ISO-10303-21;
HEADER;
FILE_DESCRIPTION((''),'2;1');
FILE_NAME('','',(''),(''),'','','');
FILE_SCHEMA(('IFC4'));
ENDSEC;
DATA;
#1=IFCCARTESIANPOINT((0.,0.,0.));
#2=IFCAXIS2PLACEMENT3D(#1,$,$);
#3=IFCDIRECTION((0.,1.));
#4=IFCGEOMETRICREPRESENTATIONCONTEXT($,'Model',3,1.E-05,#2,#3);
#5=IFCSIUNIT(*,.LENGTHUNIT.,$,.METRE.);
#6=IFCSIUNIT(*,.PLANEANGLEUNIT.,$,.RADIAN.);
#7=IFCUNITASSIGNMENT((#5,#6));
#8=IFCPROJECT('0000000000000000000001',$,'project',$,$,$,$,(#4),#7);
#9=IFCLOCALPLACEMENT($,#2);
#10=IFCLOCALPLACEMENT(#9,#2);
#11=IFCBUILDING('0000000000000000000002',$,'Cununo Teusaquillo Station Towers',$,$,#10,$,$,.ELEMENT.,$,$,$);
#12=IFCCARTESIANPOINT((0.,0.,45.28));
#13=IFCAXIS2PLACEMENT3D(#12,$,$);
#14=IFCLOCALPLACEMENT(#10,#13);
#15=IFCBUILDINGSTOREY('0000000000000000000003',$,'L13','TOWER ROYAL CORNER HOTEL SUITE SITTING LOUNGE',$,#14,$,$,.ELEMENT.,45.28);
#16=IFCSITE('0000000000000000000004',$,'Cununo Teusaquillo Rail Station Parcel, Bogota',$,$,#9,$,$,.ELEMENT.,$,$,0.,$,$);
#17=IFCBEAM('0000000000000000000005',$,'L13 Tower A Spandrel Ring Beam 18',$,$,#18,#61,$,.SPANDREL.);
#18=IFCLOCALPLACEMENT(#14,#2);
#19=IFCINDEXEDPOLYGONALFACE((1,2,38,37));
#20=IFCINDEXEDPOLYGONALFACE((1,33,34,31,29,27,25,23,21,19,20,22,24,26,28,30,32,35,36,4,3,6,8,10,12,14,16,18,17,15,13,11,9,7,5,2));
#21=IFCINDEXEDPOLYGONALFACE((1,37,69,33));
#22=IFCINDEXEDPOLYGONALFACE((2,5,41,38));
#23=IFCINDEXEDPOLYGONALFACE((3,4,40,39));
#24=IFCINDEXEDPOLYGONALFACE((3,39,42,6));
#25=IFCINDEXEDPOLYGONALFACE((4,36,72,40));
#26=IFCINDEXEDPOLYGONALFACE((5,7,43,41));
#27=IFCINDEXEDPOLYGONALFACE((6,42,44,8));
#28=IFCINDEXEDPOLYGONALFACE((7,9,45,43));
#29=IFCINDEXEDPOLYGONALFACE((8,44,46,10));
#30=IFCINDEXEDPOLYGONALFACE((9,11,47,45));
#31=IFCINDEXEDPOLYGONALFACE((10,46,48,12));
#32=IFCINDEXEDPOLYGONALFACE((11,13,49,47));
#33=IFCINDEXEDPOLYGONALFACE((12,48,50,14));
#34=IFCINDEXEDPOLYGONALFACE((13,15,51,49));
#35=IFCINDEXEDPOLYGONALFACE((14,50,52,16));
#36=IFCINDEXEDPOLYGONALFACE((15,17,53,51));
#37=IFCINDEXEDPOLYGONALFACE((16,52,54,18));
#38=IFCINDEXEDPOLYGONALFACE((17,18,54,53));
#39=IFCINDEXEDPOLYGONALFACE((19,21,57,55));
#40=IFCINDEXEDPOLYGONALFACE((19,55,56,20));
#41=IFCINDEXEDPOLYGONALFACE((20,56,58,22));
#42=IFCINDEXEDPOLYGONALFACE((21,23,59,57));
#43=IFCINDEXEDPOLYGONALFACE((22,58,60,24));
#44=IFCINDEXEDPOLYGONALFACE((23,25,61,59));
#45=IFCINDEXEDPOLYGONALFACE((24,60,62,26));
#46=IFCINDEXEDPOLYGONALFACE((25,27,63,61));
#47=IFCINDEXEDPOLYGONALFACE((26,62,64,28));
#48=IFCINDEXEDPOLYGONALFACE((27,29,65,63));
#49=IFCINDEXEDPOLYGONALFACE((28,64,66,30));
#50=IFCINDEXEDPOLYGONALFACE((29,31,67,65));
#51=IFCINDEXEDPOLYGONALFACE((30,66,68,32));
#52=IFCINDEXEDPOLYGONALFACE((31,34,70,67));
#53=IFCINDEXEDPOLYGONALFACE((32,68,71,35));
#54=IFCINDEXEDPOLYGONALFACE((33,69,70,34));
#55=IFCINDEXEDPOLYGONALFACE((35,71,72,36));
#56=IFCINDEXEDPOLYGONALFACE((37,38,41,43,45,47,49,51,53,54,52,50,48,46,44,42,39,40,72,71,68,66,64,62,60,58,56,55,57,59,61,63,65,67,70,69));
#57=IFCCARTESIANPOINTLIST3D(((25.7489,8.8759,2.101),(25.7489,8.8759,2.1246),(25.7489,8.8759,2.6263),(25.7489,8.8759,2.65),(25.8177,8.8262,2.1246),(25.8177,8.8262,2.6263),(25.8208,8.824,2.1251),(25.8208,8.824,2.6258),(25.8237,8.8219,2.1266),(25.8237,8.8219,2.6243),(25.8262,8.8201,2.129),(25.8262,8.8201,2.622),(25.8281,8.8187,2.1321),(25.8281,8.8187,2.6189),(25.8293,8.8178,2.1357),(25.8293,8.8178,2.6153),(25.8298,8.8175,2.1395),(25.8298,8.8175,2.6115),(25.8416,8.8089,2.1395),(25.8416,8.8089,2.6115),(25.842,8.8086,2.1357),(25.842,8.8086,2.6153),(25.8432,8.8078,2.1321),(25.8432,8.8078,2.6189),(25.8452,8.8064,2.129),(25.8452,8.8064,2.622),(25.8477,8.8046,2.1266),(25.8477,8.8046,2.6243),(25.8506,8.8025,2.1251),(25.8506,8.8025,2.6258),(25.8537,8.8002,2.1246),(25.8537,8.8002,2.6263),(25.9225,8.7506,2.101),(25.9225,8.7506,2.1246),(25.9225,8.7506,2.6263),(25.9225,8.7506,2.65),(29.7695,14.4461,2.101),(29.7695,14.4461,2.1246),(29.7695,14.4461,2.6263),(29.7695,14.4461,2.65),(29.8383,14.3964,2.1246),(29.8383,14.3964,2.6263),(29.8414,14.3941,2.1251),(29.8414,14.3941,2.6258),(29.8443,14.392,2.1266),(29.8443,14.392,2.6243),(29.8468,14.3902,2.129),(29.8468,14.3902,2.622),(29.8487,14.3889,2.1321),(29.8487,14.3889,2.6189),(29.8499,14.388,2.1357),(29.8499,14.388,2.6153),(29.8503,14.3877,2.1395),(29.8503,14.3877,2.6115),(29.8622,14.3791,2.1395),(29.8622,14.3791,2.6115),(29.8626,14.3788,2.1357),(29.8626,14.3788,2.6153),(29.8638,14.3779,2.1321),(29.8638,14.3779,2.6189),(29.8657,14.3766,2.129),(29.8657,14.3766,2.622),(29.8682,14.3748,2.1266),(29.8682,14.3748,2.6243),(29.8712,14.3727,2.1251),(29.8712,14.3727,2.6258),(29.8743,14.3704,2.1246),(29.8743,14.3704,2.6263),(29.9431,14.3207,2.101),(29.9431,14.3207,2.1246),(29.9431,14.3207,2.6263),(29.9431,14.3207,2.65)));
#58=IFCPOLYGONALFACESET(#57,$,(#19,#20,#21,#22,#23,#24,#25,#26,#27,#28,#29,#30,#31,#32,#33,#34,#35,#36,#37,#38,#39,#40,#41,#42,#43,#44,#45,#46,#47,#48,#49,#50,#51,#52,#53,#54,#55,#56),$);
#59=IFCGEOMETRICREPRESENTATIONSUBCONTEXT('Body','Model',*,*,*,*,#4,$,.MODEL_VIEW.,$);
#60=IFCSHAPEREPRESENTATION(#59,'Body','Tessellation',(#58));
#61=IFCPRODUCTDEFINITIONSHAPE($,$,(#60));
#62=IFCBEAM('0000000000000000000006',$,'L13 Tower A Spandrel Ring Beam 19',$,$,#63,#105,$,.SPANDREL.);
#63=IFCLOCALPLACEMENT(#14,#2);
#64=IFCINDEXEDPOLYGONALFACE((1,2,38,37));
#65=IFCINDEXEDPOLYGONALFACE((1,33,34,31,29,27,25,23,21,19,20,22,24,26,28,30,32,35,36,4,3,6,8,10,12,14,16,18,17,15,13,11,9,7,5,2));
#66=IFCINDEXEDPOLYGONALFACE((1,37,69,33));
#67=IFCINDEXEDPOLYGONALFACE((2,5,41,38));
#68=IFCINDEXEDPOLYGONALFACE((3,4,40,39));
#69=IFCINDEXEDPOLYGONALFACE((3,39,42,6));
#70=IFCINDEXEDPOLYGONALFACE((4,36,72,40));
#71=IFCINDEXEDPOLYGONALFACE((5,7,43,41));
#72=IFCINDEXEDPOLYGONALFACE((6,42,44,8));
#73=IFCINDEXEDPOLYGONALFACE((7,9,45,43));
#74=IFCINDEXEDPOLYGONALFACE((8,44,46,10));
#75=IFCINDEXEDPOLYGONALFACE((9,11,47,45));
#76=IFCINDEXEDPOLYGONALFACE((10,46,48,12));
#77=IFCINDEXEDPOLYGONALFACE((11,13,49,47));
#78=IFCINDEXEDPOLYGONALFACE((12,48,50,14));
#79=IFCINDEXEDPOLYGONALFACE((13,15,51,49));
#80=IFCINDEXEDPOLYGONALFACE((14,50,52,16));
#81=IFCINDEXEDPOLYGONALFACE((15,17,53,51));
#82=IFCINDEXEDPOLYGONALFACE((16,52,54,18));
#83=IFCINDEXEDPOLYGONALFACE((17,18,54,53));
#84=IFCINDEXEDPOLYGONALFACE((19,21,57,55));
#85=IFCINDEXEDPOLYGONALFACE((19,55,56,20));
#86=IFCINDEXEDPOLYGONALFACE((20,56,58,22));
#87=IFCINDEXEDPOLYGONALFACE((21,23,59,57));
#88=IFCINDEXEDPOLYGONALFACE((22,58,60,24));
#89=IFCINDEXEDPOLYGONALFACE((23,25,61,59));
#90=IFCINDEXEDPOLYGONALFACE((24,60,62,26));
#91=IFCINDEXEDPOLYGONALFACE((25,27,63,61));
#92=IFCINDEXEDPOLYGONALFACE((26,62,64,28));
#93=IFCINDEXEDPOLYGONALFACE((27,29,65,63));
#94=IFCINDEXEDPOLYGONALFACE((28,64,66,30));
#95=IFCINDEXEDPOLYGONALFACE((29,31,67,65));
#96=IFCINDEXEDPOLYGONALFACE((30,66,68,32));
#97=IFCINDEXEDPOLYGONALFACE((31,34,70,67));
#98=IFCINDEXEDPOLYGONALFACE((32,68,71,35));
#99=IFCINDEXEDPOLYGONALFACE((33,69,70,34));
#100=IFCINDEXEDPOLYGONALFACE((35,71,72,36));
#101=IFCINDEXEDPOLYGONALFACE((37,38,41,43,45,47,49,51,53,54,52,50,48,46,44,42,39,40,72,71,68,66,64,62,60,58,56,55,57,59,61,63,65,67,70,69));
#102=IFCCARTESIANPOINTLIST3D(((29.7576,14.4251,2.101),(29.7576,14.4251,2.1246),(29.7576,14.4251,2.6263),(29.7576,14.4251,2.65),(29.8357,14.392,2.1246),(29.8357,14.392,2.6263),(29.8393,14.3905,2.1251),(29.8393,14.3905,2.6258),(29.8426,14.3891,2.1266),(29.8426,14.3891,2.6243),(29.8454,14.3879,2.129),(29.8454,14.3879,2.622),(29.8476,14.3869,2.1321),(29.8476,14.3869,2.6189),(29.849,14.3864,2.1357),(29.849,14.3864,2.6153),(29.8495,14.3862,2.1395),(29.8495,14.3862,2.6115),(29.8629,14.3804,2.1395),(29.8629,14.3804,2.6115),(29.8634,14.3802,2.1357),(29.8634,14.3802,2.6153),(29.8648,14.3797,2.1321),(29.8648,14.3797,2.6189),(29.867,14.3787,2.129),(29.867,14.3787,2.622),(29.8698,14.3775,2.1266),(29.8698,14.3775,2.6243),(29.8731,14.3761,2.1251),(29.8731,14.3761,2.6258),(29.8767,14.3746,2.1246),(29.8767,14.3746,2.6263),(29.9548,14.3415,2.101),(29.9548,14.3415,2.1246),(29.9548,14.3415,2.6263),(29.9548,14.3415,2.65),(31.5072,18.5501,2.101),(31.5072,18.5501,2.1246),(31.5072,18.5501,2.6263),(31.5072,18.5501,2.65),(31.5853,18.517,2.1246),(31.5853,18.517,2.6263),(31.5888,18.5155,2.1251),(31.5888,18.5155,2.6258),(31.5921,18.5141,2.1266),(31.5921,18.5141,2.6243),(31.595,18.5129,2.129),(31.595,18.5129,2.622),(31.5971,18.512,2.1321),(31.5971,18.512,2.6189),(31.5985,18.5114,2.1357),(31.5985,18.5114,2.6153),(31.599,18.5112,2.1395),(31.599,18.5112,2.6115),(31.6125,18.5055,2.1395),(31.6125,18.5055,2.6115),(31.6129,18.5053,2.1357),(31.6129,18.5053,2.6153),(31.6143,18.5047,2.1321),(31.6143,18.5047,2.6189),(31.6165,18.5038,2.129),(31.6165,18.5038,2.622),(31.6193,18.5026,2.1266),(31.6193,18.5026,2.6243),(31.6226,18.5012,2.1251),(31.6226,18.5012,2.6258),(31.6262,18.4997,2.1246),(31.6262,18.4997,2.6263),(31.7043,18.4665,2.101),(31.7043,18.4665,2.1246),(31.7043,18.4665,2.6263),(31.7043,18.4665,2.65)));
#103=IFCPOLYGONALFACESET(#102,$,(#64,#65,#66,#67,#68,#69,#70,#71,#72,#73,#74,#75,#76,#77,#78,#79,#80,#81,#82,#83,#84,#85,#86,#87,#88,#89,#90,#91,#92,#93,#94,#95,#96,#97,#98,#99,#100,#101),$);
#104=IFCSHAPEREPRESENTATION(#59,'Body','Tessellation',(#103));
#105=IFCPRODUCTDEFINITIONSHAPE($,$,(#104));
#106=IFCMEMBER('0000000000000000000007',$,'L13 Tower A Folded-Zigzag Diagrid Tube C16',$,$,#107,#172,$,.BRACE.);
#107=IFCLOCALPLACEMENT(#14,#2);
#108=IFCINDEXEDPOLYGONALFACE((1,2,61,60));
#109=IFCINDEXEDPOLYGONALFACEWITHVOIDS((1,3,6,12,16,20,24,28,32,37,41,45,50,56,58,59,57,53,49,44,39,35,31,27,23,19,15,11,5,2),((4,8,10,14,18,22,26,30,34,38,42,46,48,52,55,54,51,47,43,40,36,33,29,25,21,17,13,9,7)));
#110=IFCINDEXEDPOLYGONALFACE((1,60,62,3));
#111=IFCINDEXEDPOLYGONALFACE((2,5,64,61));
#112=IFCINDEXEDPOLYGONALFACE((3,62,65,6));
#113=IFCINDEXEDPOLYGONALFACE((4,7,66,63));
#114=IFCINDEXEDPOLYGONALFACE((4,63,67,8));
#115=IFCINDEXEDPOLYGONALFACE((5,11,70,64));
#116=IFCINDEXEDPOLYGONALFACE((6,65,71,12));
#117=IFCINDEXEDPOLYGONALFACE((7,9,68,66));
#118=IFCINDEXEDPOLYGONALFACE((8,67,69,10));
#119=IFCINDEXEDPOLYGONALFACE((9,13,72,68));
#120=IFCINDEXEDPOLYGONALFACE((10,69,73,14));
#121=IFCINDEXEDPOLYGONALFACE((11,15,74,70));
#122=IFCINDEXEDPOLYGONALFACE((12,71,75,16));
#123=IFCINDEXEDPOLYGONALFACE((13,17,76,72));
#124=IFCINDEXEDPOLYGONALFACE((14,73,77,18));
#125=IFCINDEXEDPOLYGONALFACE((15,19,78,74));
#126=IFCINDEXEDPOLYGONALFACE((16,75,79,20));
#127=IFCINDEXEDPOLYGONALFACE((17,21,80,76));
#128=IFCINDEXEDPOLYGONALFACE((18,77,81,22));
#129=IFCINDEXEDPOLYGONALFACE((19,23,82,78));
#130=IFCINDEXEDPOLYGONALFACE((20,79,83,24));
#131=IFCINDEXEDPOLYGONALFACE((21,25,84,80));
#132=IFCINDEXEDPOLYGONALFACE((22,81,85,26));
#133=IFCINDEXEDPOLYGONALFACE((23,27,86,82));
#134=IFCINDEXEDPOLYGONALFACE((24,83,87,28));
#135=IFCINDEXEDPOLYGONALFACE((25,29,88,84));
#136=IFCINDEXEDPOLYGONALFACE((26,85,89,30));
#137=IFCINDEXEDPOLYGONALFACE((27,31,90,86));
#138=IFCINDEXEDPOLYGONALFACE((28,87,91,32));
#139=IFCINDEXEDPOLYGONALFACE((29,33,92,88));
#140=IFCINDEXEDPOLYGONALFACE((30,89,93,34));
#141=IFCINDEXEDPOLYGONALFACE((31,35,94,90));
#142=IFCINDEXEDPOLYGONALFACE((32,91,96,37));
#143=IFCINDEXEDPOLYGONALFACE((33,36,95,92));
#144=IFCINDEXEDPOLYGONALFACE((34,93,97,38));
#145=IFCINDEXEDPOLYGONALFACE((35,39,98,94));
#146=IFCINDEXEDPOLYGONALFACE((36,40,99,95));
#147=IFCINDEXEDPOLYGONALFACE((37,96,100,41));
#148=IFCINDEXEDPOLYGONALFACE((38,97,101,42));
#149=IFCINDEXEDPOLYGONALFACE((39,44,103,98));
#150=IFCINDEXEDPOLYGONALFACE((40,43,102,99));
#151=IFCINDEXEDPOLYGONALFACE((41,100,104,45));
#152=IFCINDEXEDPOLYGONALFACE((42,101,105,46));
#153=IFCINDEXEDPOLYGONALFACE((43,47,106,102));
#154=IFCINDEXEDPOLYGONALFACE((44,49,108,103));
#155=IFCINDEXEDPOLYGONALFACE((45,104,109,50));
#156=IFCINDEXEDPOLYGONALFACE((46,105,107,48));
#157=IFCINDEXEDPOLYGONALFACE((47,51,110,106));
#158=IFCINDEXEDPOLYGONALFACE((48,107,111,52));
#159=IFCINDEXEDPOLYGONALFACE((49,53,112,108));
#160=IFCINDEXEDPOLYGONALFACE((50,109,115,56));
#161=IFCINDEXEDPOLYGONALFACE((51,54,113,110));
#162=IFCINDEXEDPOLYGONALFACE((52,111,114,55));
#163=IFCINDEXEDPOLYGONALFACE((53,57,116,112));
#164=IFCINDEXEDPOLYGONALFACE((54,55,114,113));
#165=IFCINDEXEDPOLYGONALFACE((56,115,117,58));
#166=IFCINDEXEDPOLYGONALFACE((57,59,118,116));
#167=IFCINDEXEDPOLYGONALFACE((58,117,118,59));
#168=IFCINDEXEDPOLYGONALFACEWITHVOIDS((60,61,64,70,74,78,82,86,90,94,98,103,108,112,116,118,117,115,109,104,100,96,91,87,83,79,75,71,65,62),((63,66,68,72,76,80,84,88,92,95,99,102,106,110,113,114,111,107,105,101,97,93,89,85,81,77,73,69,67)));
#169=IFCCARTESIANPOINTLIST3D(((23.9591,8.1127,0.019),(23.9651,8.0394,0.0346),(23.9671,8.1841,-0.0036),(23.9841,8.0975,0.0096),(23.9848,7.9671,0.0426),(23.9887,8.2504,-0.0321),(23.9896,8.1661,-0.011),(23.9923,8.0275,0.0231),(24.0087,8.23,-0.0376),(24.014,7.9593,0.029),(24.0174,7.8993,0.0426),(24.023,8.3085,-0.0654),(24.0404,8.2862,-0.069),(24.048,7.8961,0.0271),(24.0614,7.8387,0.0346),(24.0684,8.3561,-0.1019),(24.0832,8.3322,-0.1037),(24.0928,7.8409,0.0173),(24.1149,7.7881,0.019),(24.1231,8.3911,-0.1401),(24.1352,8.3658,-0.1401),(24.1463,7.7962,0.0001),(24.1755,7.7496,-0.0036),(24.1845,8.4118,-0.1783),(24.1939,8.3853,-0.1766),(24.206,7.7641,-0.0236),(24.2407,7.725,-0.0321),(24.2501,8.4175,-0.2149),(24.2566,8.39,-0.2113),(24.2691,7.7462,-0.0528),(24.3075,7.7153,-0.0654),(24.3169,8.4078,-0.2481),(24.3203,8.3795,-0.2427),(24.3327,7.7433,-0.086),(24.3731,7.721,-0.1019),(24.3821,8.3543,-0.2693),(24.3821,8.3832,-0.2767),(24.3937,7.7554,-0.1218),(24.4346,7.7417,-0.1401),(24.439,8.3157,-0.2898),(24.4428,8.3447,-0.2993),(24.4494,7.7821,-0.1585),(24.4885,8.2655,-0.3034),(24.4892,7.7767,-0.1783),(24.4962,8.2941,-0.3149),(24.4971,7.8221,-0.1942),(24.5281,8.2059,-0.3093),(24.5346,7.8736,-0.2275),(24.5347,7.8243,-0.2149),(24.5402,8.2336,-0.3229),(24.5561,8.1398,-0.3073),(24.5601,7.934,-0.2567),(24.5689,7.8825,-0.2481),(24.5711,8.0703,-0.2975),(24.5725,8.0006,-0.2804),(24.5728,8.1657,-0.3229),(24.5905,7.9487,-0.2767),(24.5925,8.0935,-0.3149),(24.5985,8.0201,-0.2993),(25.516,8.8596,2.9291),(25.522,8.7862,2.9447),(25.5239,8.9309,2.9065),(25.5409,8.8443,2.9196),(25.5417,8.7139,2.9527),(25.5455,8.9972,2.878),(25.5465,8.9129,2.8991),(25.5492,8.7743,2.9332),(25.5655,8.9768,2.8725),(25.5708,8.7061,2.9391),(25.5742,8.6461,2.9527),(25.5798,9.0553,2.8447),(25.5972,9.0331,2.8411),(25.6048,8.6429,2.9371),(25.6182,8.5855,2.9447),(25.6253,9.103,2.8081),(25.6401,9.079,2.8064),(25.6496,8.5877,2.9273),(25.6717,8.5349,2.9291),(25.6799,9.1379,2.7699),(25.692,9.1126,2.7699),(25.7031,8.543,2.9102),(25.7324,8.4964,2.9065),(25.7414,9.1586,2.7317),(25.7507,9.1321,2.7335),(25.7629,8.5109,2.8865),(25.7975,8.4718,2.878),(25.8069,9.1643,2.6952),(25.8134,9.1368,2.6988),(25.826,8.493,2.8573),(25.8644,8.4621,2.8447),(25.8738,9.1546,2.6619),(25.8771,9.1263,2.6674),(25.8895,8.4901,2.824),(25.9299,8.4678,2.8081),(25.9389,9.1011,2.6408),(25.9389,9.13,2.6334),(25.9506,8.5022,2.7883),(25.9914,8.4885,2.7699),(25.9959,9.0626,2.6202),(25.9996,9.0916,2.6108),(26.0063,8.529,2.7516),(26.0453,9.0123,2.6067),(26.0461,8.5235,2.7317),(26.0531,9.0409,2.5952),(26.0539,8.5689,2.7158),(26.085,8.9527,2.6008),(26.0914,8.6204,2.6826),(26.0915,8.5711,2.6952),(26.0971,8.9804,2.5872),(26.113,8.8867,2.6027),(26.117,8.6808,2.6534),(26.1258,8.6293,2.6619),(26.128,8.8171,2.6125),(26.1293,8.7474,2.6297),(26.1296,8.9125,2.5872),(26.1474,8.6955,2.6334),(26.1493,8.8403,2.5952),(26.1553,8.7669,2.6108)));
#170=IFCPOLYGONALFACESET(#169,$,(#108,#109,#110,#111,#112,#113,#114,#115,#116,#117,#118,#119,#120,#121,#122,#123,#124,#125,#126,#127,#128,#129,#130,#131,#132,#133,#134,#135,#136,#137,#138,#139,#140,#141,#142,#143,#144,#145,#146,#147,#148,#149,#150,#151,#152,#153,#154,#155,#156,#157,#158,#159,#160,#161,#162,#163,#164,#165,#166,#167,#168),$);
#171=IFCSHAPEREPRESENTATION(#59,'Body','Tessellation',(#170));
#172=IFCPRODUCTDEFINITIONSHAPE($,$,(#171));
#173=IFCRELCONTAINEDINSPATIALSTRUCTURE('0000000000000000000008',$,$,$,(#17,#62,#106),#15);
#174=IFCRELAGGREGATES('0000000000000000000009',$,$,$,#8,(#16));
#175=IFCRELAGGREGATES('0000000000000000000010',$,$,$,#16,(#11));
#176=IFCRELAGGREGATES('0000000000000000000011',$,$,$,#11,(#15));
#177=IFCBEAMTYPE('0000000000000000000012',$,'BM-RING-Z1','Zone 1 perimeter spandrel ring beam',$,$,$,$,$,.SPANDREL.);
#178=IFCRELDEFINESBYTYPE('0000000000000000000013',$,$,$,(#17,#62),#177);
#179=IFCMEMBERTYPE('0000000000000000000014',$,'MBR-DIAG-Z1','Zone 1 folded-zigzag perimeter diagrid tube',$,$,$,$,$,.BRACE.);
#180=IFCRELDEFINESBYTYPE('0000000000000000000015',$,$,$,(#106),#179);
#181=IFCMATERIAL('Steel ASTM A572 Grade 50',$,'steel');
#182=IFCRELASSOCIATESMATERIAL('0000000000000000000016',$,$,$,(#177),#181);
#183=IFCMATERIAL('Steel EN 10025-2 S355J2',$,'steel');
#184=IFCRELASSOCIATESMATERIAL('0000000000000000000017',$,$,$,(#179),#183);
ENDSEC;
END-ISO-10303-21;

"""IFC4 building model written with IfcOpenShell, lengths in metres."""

from ifc_helpers import new_model, si_unit, direction, frame, origin, origin_2d, place, context, subcontext, project, spatial, hollow_circle, i_section, extrude, material, material_profile, profile_set, type_object, element, save


model = new_model("IFC4")

# Units and contexts
model_context = context("Model", 3, precision=1e-05, world=origin(), true_north=direction((0.0, 1.0)))
body_context = subcontext(model_context, "Body", "Model", "MODEL_VIEW")
ifc_project = project(units=[si_unit("LENGTHUNIT", "METRE"), si_unit("PLANEANGLEUNIT", "RADIAN")], contexts=[model_context])

# Site, building, storey
site_placement = place(None, origin())
site = spatial("IfcSite", under=ifc_project, at=site_placement, Name="Cununo Teusaquillo Rail Station Parcel, Bogota", CompositionType="ELEMENT", RefElevation=0.0)
building_placement = place(site_placement, origin())
building = spatial("IfcBuilding", under=site, at=building_placement, Name="Cununo Teusaquillo Station Towers", CompositionType="ELEMENT")
storey_placement = place(building_placement, frame((0.0, 0.0, 45.28)))
storey = spatial("IfcBuildingStorey", under=building, at=storey_placement, Name="L13", Description="TOWER ROYAL CORNER HOTEL SUITE SITTING LOUNGE", CompositionType="ELEMENT", Elevation=45.28)

# Beams
ifc_material_1 = material(Name="Steel ASTM A572 Grade 50", Category="steel")
ifc_material_profile_1 = material_profile(ifc_material_1, i_section(OverallWidth=0.2141, OverallDepth=0.5491, WebThickness=0.0146, FlangeThickness=0.0237, FilletRadius=0.0149, at=origin_2d()), Name="W21X93")
ifc_profile_set_1 = profile_set([ifc_material_profile_1], Name="Steel ASTM A572 Grade 50")
beam_type_1 = type_object("IfcBeamType", Name="BM-RING-Z1", Description="Zone 1 perimeter spandrel ring beam", PredefinedType="SPANDREL", material=ifc_profile_set_1)
beam_1_placement = place(storey_placement, frame((25.8357, 8.8132, 2.3755), z_axis=(0.585269, 0.810839, 0.0), x_axis=(-0.810839, 0.585269, 0.0)))
element("IfcBeam", 1, at=beam_1_placement, inside=storey, type_object=beam_type_1, Name="L13 Tower A Spandrel Ring Beam 18", PredefinedType="SPANDREL", context=body_context, shape_type="SweptSolid", body=[
    extrude(i_section(OverallWidth=0.2141, OverallDepth=0.5491, WebThickness=0.0146, FlangeThickness=0.0237, FilletRadius=0.0149, at=origin_2d()), origin(), (0.0, 0.0, 1.0), 6.8696),
])
beam_2_placement = place(storey_placement, frame((29.8562, 14.3833, 2.3755), z_axis=(0.390457, 0.920621, 0.0), x_axis=(-0.920621, 0.390457, 0.0)))
element("IfcBeam", 2, at=beam_2_placement, inside=storey, type_object=beam_type_1, Name="L13 Tower A Spandrel Ring Beam 19", PredefinedType="SPANDREL", context=body_context, shape_type="SweptSolid", body=[
    extrude(i_section(OverallWidth=0.2141, OverallDepth=0.5491, WebThickness=0.0146, FlangeThickness=0.0237, FilletRadius=0.0149, at=origin_2d()), origin(), (0.0, 0.0, 1.0), 4.4807),
])

# Member
ifc_material_2 = material(Name="Steel EN 10025-2 S355J2", Category="steel")
ifc_material_profile_2 = material_profile(ifc_material_2, hollow_circle(Radius=0.3601, WallThickness=0.0281, at=origin_2d()), Name="CHS 720x28")
ifc_profile_set_2 = profile_set([ifc_material_profile_2], Name="Steel EN 10025-2 S355J2")
member_type = type_object("IfcMemberType", Name="MBR-DIAG-Z1", Description="Zone 1 folded-zigzag perimeter diagrid tube", PredefinedType="BRACE", material=ifc_profile_set_2)
member_1_placement = place(storey_placement, frame((24.2788, 8.0664, -0.1401), z_axis=(0.460089, 0.220701, 0.860006), x_axis=(-0.432506, 0.901631, 0.0)))
element("IfcMember", 3, at=member_1_placement, inside=storey, type_object=member_type, Name="L13 Tower A Folded-Zigzag Diagrid Tube C16", PredefinedType="BRACE", context=body_context, shape_type="SweptSolid", body=[
    extrude(hollow_circle(Radius=0.3601, WallThickness=0.0281, at=origin_2d()), origin(), (0.0, 0.0, 1.0), 3.3838),
])

save(model, "model.ifc")
